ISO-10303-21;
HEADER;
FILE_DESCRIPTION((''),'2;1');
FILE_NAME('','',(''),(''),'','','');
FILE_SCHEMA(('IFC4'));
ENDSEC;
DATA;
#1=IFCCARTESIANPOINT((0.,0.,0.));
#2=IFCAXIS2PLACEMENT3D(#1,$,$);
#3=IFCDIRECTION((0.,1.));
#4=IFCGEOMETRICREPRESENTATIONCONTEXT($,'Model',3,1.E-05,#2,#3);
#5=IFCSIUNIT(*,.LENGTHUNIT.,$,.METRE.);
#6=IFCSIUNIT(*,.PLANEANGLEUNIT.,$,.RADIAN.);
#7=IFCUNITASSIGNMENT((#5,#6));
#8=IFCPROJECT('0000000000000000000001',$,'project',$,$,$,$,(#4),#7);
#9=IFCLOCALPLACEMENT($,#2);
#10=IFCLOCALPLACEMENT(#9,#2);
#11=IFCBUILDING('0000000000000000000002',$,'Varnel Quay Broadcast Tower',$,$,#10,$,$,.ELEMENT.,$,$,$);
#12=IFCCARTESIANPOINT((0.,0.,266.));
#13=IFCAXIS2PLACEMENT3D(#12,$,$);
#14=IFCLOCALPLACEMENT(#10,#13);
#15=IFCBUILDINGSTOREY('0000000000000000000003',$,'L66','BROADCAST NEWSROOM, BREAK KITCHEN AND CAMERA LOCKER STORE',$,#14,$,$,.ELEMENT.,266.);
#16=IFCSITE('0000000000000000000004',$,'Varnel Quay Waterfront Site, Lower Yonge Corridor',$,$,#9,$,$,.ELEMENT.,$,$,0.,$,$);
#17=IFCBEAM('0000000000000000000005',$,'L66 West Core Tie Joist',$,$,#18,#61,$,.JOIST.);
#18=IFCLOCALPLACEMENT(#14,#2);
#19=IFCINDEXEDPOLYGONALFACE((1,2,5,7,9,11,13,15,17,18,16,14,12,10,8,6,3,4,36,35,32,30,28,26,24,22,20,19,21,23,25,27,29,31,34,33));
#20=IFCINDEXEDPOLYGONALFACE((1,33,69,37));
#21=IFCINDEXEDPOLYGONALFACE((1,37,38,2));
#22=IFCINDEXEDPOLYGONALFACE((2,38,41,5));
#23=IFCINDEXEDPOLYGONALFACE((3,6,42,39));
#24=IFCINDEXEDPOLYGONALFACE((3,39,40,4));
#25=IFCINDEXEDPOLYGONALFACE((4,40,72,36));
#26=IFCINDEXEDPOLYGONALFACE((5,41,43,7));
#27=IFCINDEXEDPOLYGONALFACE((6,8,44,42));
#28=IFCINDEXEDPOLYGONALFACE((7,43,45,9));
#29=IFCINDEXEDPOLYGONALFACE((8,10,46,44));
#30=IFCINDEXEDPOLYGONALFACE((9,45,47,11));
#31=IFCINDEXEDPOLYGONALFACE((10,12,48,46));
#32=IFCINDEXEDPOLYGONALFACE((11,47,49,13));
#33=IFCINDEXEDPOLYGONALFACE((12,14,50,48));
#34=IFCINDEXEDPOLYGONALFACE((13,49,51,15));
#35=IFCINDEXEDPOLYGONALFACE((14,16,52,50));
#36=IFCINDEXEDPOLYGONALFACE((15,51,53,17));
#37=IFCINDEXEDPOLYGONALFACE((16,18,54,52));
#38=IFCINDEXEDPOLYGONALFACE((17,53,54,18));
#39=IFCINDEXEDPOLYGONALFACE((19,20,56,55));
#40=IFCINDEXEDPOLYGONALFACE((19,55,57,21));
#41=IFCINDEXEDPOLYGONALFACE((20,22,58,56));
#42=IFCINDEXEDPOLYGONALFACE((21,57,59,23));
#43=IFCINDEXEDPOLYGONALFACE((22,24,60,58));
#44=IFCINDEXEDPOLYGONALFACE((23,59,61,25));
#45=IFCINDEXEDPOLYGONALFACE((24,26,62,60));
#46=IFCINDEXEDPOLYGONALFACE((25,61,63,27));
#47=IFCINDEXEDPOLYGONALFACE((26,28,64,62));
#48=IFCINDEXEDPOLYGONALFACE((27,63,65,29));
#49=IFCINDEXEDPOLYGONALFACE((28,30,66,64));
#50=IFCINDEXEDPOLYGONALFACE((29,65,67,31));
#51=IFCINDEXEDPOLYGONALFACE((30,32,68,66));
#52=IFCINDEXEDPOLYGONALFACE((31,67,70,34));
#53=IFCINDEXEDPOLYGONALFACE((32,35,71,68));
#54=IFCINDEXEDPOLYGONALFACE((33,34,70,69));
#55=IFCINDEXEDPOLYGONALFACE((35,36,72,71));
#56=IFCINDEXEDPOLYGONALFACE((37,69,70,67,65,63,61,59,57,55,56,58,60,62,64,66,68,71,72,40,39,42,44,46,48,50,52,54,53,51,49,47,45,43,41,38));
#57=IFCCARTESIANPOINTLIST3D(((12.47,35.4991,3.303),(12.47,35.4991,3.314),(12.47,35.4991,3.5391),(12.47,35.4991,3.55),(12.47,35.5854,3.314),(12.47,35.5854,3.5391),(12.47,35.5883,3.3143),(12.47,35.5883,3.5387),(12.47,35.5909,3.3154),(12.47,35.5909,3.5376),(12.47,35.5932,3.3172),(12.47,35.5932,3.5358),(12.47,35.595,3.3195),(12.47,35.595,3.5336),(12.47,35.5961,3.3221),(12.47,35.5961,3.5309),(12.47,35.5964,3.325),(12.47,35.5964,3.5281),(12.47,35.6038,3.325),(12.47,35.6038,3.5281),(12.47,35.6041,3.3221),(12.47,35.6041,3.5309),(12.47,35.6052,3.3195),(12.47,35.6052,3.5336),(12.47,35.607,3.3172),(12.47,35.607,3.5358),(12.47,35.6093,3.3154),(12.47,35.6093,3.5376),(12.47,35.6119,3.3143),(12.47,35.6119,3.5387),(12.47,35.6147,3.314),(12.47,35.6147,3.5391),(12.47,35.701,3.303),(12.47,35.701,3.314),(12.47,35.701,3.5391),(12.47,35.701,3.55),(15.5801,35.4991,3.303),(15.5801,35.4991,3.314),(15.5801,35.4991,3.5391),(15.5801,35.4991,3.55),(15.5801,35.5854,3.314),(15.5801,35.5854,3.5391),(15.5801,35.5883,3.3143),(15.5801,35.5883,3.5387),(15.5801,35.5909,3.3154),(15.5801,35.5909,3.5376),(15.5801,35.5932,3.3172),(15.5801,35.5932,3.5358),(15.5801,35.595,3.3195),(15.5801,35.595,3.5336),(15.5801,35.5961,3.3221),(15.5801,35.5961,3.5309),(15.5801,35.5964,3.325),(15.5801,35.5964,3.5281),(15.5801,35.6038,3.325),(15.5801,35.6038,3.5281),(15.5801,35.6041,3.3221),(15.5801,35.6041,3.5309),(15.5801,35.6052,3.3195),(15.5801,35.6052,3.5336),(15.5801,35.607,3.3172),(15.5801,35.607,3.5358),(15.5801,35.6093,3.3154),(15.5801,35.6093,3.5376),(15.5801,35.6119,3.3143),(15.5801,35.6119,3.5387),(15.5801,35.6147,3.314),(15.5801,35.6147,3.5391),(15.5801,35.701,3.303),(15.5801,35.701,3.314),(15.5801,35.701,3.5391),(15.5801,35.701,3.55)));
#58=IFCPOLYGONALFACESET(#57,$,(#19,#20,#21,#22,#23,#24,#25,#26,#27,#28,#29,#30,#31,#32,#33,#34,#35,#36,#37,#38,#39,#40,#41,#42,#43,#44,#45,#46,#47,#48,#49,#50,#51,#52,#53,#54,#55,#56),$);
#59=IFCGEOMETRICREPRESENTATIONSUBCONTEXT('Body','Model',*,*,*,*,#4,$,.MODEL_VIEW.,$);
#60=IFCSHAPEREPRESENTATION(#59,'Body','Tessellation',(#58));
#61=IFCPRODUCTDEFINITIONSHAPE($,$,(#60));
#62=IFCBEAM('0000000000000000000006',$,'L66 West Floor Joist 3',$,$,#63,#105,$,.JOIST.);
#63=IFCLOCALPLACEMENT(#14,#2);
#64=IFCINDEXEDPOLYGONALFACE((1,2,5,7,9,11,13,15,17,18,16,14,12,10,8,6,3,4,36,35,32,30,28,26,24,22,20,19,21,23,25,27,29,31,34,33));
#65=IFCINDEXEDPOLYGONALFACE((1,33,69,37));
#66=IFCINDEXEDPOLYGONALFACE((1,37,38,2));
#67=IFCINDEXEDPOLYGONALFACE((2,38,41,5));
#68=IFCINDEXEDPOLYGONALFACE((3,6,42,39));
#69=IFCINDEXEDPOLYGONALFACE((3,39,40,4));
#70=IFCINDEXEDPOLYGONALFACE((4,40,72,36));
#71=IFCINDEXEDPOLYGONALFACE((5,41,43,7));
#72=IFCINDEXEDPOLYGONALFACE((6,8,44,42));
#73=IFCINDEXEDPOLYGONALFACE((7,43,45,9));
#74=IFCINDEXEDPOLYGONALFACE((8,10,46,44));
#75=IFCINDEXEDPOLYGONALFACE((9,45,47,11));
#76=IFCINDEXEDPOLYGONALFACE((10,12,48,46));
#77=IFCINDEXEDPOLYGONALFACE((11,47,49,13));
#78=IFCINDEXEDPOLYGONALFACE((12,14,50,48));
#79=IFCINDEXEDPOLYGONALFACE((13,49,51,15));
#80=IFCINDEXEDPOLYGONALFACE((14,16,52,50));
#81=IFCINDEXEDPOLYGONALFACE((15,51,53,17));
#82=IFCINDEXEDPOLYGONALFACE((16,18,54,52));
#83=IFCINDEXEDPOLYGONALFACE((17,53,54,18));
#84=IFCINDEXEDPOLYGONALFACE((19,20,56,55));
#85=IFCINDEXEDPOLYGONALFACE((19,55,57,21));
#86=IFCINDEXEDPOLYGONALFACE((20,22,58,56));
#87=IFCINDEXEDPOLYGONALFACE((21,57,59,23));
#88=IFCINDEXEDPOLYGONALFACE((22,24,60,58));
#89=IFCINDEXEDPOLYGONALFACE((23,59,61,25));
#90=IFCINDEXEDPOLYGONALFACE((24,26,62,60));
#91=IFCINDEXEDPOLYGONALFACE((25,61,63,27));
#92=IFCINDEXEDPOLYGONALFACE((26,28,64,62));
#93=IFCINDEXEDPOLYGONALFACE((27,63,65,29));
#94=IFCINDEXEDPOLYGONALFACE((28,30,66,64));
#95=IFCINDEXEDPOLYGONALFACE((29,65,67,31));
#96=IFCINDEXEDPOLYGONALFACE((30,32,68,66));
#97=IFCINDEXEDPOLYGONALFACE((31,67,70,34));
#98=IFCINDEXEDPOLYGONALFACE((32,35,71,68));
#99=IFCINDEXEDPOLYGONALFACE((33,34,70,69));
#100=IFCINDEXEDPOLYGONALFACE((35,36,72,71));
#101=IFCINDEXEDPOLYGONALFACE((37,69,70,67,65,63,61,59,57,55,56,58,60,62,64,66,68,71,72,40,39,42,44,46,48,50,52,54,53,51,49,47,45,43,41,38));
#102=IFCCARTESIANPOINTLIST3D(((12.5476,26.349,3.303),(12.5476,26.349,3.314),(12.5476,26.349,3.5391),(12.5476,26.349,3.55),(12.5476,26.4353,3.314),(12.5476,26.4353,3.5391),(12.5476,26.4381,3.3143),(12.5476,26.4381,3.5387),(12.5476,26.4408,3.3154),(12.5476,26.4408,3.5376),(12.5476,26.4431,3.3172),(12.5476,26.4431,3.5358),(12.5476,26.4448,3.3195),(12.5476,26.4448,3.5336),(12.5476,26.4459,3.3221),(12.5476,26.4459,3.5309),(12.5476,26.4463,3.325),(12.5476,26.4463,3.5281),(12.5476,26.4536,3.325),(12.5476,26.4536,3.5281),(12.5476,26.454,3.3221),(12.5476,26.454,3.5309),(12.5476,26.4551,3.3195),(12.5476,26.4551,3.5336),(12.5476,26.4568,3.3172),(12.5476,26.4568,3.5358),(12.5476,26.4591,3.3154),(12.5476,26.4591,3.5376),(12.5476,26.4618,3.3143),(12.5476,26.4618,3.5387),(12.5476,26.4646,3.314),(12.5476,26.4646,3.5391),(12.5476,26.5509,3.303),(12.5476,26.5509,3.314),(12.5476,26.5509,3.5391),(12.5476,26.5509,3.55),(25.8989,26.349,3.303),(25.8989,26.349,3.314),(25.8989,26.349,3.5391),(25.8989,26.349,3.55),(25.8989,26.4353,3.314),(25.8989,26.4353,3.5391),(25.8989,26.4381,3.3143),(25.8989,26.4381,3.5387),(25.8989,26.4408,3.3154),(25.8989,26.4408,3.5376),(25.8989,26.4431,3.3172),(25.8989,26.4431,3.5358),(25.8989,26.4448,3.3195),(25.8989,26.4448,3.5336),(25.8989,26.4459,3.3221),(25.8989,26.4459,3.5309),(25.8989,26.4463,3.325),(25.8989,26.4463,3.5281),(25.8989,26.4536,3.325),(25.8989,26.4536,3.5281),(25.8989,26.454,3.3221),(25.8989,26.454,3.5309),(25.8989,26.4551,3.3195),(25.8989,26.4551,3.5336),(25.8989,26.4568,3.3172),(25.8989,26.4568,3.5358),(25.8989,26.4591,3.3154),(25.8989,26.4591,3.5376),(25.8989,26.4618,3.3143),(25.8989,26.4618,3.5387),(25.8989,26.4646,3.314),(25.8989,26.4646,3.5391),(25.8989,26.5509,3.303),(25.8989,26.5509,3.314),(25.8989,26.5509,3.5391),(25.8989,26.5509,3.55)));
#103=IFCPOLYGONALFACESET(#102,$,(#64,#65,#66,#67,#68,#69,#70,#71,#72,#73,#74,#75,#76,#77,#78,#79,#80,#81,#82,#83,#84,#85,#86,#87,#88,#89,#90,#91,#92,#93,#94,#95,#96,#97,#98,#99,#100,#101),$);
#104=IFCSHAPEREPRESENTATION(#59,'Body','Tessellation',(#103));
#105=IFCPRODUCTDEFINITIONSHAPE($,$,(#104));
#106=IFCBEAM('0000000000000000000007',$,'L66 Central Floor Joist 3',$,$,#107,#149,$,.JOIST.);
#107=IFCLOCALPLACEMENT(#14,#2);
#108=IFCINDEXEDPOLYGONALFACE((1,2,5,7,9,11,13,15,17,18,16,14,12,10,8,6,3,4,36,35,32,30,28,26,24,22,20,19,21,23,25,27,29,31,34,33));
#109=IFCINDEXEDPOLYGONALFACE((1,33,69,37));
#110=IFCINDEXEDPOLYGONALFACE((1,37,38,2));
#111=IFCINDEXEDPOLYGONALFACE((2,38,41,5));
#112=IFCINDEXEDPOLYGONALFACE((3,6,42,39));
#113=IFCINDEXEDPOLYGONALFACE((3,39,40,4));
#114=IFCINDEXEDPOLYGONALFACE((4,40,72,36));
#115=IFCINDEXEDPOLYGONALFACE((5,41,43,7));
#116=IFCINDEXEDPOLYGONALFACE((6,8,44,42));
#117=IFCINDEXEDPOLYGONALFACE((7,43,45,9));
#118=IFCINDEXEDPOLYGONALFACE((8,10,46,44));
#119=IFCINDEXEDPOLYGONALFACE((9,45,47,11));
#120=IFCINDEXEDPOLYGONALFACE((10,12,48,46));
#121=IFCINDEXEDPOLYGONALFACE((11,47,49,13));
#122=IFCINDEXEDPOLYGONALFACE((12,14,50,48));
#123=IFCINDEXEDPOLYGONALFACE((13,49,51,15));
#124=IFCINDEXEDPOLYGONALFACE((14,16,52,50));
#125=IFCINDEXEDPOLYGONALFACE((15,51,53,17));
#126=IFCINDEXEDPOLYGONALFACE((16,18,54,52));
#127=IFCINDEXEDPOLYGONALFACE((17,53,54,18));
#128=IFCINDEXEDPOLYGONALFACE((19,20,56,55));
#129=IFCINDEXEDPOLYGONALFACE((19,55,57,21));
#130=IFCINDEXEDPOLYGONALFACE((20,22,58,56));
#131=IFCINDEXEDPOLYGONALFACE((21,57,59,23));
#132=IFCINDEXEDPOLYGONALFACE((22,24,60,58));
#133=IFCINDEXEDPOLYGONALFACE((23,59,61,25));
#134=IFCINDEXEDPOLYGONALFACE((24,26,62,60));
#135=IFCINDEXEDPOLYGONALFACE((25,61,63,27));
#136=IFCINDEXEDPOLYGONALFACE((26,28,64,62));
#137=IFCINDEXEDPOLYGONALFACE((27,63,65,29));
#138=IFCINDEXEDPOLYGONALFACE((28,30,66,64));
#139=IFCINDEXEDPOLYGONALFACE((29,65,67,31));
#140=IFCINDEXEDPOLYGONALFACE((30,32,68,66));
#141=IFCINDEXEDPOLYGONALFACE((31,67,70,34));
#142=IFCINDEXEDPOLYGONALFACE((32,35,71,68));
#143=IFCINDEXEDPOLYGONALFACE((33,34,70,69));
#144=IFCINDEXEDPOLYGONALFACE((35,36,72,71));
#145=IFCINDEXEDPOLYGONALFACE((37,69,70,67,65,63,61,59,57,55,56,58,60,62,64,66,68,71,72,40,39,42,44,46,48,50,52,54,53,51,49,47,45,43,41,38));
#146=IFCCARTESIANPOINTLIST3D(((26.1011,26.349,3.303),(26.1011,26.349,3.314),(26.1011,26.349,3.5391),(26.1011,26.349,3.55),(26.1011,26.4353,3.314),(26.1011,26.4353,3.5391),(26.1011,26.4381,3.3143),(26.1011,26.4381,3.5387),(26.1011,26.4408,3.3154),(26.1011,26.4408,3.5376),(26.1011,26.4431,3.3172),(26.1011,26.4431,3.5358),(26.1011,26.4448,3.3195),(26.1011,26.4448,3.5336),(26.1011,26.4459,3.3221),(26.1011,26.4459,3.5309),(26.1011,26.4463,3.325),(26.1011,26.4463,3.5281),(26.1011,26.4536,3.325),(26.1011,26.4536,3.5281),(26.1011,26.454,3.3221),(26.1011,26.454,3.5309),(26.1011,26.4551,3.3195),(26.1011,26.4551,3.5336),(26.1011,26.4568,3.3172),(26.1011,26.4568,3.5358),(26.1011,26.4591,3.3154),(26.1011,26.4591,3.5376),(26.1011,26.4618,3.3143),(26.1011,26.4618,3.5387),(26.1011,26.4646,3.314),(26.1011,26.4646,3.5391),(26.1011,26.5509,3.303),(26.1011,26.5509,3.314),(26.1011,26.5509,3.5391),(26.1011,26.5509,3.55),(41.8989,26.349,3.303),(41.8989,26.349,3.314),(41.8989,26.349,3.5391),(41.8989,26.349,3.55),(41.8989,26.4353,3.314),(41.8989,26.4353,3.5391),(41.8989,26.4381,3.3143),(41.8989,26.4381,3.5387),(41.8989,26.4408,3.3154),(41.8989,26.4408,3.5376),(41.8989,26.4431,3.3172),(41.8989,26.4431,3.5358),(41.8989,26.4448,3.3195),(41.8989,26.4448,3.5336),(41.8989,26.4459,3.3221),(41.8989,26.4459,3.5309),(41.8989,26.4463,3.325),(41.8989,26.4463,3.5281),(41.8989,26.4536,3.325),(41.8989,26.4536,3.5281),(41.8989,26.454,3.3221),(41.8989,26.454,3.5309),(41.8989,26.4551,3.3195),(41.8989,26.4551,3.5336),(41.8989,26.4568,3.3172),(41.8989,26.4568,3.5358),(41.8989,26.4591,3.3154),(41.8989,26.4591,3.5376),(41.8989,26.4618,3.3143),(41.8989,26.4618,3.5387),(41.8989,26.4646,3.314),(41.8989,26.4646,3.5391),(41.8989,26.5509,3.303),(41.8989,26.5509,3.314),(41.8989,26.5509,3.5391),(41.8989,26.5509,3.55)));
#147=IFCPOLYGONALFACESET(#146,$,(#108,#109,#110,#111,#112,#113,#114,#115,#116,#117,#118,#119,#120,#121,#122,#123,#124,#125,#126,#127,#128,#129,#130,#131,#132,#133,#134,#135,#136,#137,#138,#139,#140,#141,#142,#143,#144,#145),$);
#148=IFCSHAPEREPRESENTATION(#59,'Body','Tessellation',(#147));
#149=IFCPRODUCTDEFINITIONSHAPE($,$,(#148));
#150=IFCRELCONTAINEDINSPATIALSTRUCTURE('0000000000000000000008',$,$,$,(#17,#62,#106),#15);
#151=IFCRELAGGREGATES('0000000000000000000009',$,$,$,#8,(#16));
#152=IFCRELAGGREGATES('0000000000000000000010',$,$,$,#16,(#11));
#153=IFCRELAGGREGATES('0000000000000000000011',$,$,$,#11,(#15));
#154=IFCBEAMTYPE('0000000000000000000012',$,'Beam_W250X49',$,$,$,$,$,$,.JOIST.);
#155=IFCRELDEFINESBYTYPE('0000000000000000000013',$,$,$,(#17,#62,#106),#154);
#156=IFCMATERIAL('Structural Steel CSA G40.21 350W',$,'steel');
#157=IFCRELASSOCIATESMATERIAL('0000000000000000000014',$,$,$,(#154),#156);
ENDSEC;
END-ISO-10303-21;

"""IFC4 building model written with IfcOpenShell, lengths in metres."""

from ifc_helpers import new_model, si_unit, direction, frame, origin, origin_2d, place, context, subcontext, project, spatial, i_section, extrude, source, transform, mapped, material, material_profile, profile_set, type_object, type_shapes, element, save


model = new_model("IFC4")

# Units and contexts
model_context = context("Model", 3, precision=1e-05, world=origin(), true_north=direction((0.0, 1.0)))
body_context = subcontext(model_context, "Body", "Model", "MODEL_VIEW")
ifc_project = project(units=[si_unit("LENGTHUNIT", "METRE"), si_unit("PLANEANGLEUNIT", "RADIAN")], contexts=[model_context])

# Site, building, storey
site_placement = place(None, origin())
site = spatial("IfcSite", under=ifc_project, at=site_placement, Name="Varnel Quay Waterfront Site, Lower Yonge Corridor", CompositionType="ELEMENT", RefElevation=0.0)
building_placement = place(site_placement, origin())
building = spatial("IfcBuilding", under=site, at=building_placement, Name="Varnel Quay Broadcast Tower", CompositionType="ELEMENT")
storey_placement = place(building_placement, frame((0.0, 0.0, 266.0)))
storey = spatial("IfcBuildingStorey", under=building, at=storey_placement, Name="L66", Description="BROADCAST NEWSROOM, BREAK KITCHEN AND CAMERA LOCKER STORE", CompositionType="ELEMENT", Elevation=266.0)

# Shared definitions
ifc_material_1 = material(Name="Structural Steel CSA G40.21 350W", Category="steel")

# Beams
ifc_material_profile_1 = material_profile(ifc_material_1, i_section(OverallWidth=0.2019, OverallDepth=0.2471, WebThickness=0.0073, FlangeThickness=0.011, FilletRadius=0.011, at=origin_2d()), Name="W250X49")
ifc_profile_set_1 = profile_set([ifc_material_profile_1], Name="Structural Steel CSA G40.21 350W")
beam_type_1 = type_object("IfcBeamType", Name="Beam_W250X49", PredefinedType="JOIST", material=ifc_profile_set_1)
shared_shape_1 = source(origin(), body_context, "Body", "SweptSolid", [
    extrude(i_section(OverallWidth=0.2019, OverallDepth=0.2471, WebThickness=0.0073, FlangeThickness=0.011, FilletRadius=0.011, at=origin_2d()), origin(), (0.0, 0.0, 1.0), 3.1101),
])
beam_1_placement = place(storey_placement, frame((12.47, 35.6001, 3.4265), z_axis=(1.0, 0.0, 0.0), x_axis=(0.0, 1.0, 0.0)))
element("IfcBeam", 1, at=beam_1_placement, inside=storey, type_object=beam_type_1, Name="L66 West Core Tie Joist", PredefinedType="JOIST", context=body_context, shape_type="MappedRepresentation", body=[
    mapped(shared_shape_1, transform((0.0, 0.0, 0.0), x_axis=(1.0, 0.0, 0.0), y_axis=(0.0, 1.0, 0.0), z_axis=(0.0, 0.0, 1.0), scale=1.0)),
])
shared_shape_2 = source(origin(), body_context, "Body", "SweptSolid", [
    extrude(i_section(OverallWidth=0.2019, OverallDepth=0.2471, WebThickness=0.0073, FlangeThickness=0.011, FilletRadius=0.011, at=origin_2d()), origin(), (0.0, 0.0, 1.0), 13.3513),
])
beam_2_placement = place(storey_placement, frame((12.5476, 26.45, 3.4265), z_axis=(1.0, 0.0, 0.0), x_axis=(0.0, 1.0, 0.0)))
element("IfcBeam", 2, at=beam_2_placement, inside=storey, type_object=beam_type_1, Name="L66 West Floor Joist 3", PredefinedType="JOIST", context=body_context, shape_type="MappedRepresentation", body=[
    mapped(shared_shape_2, transform((0.0, 0.0, 0.0), x_axis=(1.0, 0.0, 0.0), y_axis=(0.0, 1.0, 0.0), z_axis=(0.0, 0.0, 1.0), scale=1.0)),
])
shared_shape_3 = source(origin(), body_context, "Body", "SweptSolid", [
    extrude(i_section(OverallWidth=0.2019, OverallDepth=0.2471, WebThickness=0.0073, FlangeThickness=0.011, FilletRadius=0.011, at=origin_2d()), origin(), (0.0, 0.0, 1.0), 15.7979),
])
type_shapes(beam_type_1, [shared_shape_1, shared_shape_2, shared_shape_3])
beam_3_placement = place(storey_placement, frame((26.1011, 26.45, 3.4265), z_axis=(1.0, 0.0, 0.0), x_axis=(0.0, 1.0, 0.0)))
element("IfcBeam", 3, at=beam_3_placement, inside=storey, type_object=beam_type_1, Name="L66 Central Floor Joist 3", PredefinedType="JOIST", context=body_context, shape_type="MappedRepresentation", body=[
    mapped(shared_shape_3, transform((0.0, 0.0, 0.0), x_axis=(1.0, 0.0, 0.0), y_axis=(0.0, 1.0, 0.0), z_axis=(0.0, 0.0, 1.0), scale=1.0)),
])

save(model, "model.ifc")
